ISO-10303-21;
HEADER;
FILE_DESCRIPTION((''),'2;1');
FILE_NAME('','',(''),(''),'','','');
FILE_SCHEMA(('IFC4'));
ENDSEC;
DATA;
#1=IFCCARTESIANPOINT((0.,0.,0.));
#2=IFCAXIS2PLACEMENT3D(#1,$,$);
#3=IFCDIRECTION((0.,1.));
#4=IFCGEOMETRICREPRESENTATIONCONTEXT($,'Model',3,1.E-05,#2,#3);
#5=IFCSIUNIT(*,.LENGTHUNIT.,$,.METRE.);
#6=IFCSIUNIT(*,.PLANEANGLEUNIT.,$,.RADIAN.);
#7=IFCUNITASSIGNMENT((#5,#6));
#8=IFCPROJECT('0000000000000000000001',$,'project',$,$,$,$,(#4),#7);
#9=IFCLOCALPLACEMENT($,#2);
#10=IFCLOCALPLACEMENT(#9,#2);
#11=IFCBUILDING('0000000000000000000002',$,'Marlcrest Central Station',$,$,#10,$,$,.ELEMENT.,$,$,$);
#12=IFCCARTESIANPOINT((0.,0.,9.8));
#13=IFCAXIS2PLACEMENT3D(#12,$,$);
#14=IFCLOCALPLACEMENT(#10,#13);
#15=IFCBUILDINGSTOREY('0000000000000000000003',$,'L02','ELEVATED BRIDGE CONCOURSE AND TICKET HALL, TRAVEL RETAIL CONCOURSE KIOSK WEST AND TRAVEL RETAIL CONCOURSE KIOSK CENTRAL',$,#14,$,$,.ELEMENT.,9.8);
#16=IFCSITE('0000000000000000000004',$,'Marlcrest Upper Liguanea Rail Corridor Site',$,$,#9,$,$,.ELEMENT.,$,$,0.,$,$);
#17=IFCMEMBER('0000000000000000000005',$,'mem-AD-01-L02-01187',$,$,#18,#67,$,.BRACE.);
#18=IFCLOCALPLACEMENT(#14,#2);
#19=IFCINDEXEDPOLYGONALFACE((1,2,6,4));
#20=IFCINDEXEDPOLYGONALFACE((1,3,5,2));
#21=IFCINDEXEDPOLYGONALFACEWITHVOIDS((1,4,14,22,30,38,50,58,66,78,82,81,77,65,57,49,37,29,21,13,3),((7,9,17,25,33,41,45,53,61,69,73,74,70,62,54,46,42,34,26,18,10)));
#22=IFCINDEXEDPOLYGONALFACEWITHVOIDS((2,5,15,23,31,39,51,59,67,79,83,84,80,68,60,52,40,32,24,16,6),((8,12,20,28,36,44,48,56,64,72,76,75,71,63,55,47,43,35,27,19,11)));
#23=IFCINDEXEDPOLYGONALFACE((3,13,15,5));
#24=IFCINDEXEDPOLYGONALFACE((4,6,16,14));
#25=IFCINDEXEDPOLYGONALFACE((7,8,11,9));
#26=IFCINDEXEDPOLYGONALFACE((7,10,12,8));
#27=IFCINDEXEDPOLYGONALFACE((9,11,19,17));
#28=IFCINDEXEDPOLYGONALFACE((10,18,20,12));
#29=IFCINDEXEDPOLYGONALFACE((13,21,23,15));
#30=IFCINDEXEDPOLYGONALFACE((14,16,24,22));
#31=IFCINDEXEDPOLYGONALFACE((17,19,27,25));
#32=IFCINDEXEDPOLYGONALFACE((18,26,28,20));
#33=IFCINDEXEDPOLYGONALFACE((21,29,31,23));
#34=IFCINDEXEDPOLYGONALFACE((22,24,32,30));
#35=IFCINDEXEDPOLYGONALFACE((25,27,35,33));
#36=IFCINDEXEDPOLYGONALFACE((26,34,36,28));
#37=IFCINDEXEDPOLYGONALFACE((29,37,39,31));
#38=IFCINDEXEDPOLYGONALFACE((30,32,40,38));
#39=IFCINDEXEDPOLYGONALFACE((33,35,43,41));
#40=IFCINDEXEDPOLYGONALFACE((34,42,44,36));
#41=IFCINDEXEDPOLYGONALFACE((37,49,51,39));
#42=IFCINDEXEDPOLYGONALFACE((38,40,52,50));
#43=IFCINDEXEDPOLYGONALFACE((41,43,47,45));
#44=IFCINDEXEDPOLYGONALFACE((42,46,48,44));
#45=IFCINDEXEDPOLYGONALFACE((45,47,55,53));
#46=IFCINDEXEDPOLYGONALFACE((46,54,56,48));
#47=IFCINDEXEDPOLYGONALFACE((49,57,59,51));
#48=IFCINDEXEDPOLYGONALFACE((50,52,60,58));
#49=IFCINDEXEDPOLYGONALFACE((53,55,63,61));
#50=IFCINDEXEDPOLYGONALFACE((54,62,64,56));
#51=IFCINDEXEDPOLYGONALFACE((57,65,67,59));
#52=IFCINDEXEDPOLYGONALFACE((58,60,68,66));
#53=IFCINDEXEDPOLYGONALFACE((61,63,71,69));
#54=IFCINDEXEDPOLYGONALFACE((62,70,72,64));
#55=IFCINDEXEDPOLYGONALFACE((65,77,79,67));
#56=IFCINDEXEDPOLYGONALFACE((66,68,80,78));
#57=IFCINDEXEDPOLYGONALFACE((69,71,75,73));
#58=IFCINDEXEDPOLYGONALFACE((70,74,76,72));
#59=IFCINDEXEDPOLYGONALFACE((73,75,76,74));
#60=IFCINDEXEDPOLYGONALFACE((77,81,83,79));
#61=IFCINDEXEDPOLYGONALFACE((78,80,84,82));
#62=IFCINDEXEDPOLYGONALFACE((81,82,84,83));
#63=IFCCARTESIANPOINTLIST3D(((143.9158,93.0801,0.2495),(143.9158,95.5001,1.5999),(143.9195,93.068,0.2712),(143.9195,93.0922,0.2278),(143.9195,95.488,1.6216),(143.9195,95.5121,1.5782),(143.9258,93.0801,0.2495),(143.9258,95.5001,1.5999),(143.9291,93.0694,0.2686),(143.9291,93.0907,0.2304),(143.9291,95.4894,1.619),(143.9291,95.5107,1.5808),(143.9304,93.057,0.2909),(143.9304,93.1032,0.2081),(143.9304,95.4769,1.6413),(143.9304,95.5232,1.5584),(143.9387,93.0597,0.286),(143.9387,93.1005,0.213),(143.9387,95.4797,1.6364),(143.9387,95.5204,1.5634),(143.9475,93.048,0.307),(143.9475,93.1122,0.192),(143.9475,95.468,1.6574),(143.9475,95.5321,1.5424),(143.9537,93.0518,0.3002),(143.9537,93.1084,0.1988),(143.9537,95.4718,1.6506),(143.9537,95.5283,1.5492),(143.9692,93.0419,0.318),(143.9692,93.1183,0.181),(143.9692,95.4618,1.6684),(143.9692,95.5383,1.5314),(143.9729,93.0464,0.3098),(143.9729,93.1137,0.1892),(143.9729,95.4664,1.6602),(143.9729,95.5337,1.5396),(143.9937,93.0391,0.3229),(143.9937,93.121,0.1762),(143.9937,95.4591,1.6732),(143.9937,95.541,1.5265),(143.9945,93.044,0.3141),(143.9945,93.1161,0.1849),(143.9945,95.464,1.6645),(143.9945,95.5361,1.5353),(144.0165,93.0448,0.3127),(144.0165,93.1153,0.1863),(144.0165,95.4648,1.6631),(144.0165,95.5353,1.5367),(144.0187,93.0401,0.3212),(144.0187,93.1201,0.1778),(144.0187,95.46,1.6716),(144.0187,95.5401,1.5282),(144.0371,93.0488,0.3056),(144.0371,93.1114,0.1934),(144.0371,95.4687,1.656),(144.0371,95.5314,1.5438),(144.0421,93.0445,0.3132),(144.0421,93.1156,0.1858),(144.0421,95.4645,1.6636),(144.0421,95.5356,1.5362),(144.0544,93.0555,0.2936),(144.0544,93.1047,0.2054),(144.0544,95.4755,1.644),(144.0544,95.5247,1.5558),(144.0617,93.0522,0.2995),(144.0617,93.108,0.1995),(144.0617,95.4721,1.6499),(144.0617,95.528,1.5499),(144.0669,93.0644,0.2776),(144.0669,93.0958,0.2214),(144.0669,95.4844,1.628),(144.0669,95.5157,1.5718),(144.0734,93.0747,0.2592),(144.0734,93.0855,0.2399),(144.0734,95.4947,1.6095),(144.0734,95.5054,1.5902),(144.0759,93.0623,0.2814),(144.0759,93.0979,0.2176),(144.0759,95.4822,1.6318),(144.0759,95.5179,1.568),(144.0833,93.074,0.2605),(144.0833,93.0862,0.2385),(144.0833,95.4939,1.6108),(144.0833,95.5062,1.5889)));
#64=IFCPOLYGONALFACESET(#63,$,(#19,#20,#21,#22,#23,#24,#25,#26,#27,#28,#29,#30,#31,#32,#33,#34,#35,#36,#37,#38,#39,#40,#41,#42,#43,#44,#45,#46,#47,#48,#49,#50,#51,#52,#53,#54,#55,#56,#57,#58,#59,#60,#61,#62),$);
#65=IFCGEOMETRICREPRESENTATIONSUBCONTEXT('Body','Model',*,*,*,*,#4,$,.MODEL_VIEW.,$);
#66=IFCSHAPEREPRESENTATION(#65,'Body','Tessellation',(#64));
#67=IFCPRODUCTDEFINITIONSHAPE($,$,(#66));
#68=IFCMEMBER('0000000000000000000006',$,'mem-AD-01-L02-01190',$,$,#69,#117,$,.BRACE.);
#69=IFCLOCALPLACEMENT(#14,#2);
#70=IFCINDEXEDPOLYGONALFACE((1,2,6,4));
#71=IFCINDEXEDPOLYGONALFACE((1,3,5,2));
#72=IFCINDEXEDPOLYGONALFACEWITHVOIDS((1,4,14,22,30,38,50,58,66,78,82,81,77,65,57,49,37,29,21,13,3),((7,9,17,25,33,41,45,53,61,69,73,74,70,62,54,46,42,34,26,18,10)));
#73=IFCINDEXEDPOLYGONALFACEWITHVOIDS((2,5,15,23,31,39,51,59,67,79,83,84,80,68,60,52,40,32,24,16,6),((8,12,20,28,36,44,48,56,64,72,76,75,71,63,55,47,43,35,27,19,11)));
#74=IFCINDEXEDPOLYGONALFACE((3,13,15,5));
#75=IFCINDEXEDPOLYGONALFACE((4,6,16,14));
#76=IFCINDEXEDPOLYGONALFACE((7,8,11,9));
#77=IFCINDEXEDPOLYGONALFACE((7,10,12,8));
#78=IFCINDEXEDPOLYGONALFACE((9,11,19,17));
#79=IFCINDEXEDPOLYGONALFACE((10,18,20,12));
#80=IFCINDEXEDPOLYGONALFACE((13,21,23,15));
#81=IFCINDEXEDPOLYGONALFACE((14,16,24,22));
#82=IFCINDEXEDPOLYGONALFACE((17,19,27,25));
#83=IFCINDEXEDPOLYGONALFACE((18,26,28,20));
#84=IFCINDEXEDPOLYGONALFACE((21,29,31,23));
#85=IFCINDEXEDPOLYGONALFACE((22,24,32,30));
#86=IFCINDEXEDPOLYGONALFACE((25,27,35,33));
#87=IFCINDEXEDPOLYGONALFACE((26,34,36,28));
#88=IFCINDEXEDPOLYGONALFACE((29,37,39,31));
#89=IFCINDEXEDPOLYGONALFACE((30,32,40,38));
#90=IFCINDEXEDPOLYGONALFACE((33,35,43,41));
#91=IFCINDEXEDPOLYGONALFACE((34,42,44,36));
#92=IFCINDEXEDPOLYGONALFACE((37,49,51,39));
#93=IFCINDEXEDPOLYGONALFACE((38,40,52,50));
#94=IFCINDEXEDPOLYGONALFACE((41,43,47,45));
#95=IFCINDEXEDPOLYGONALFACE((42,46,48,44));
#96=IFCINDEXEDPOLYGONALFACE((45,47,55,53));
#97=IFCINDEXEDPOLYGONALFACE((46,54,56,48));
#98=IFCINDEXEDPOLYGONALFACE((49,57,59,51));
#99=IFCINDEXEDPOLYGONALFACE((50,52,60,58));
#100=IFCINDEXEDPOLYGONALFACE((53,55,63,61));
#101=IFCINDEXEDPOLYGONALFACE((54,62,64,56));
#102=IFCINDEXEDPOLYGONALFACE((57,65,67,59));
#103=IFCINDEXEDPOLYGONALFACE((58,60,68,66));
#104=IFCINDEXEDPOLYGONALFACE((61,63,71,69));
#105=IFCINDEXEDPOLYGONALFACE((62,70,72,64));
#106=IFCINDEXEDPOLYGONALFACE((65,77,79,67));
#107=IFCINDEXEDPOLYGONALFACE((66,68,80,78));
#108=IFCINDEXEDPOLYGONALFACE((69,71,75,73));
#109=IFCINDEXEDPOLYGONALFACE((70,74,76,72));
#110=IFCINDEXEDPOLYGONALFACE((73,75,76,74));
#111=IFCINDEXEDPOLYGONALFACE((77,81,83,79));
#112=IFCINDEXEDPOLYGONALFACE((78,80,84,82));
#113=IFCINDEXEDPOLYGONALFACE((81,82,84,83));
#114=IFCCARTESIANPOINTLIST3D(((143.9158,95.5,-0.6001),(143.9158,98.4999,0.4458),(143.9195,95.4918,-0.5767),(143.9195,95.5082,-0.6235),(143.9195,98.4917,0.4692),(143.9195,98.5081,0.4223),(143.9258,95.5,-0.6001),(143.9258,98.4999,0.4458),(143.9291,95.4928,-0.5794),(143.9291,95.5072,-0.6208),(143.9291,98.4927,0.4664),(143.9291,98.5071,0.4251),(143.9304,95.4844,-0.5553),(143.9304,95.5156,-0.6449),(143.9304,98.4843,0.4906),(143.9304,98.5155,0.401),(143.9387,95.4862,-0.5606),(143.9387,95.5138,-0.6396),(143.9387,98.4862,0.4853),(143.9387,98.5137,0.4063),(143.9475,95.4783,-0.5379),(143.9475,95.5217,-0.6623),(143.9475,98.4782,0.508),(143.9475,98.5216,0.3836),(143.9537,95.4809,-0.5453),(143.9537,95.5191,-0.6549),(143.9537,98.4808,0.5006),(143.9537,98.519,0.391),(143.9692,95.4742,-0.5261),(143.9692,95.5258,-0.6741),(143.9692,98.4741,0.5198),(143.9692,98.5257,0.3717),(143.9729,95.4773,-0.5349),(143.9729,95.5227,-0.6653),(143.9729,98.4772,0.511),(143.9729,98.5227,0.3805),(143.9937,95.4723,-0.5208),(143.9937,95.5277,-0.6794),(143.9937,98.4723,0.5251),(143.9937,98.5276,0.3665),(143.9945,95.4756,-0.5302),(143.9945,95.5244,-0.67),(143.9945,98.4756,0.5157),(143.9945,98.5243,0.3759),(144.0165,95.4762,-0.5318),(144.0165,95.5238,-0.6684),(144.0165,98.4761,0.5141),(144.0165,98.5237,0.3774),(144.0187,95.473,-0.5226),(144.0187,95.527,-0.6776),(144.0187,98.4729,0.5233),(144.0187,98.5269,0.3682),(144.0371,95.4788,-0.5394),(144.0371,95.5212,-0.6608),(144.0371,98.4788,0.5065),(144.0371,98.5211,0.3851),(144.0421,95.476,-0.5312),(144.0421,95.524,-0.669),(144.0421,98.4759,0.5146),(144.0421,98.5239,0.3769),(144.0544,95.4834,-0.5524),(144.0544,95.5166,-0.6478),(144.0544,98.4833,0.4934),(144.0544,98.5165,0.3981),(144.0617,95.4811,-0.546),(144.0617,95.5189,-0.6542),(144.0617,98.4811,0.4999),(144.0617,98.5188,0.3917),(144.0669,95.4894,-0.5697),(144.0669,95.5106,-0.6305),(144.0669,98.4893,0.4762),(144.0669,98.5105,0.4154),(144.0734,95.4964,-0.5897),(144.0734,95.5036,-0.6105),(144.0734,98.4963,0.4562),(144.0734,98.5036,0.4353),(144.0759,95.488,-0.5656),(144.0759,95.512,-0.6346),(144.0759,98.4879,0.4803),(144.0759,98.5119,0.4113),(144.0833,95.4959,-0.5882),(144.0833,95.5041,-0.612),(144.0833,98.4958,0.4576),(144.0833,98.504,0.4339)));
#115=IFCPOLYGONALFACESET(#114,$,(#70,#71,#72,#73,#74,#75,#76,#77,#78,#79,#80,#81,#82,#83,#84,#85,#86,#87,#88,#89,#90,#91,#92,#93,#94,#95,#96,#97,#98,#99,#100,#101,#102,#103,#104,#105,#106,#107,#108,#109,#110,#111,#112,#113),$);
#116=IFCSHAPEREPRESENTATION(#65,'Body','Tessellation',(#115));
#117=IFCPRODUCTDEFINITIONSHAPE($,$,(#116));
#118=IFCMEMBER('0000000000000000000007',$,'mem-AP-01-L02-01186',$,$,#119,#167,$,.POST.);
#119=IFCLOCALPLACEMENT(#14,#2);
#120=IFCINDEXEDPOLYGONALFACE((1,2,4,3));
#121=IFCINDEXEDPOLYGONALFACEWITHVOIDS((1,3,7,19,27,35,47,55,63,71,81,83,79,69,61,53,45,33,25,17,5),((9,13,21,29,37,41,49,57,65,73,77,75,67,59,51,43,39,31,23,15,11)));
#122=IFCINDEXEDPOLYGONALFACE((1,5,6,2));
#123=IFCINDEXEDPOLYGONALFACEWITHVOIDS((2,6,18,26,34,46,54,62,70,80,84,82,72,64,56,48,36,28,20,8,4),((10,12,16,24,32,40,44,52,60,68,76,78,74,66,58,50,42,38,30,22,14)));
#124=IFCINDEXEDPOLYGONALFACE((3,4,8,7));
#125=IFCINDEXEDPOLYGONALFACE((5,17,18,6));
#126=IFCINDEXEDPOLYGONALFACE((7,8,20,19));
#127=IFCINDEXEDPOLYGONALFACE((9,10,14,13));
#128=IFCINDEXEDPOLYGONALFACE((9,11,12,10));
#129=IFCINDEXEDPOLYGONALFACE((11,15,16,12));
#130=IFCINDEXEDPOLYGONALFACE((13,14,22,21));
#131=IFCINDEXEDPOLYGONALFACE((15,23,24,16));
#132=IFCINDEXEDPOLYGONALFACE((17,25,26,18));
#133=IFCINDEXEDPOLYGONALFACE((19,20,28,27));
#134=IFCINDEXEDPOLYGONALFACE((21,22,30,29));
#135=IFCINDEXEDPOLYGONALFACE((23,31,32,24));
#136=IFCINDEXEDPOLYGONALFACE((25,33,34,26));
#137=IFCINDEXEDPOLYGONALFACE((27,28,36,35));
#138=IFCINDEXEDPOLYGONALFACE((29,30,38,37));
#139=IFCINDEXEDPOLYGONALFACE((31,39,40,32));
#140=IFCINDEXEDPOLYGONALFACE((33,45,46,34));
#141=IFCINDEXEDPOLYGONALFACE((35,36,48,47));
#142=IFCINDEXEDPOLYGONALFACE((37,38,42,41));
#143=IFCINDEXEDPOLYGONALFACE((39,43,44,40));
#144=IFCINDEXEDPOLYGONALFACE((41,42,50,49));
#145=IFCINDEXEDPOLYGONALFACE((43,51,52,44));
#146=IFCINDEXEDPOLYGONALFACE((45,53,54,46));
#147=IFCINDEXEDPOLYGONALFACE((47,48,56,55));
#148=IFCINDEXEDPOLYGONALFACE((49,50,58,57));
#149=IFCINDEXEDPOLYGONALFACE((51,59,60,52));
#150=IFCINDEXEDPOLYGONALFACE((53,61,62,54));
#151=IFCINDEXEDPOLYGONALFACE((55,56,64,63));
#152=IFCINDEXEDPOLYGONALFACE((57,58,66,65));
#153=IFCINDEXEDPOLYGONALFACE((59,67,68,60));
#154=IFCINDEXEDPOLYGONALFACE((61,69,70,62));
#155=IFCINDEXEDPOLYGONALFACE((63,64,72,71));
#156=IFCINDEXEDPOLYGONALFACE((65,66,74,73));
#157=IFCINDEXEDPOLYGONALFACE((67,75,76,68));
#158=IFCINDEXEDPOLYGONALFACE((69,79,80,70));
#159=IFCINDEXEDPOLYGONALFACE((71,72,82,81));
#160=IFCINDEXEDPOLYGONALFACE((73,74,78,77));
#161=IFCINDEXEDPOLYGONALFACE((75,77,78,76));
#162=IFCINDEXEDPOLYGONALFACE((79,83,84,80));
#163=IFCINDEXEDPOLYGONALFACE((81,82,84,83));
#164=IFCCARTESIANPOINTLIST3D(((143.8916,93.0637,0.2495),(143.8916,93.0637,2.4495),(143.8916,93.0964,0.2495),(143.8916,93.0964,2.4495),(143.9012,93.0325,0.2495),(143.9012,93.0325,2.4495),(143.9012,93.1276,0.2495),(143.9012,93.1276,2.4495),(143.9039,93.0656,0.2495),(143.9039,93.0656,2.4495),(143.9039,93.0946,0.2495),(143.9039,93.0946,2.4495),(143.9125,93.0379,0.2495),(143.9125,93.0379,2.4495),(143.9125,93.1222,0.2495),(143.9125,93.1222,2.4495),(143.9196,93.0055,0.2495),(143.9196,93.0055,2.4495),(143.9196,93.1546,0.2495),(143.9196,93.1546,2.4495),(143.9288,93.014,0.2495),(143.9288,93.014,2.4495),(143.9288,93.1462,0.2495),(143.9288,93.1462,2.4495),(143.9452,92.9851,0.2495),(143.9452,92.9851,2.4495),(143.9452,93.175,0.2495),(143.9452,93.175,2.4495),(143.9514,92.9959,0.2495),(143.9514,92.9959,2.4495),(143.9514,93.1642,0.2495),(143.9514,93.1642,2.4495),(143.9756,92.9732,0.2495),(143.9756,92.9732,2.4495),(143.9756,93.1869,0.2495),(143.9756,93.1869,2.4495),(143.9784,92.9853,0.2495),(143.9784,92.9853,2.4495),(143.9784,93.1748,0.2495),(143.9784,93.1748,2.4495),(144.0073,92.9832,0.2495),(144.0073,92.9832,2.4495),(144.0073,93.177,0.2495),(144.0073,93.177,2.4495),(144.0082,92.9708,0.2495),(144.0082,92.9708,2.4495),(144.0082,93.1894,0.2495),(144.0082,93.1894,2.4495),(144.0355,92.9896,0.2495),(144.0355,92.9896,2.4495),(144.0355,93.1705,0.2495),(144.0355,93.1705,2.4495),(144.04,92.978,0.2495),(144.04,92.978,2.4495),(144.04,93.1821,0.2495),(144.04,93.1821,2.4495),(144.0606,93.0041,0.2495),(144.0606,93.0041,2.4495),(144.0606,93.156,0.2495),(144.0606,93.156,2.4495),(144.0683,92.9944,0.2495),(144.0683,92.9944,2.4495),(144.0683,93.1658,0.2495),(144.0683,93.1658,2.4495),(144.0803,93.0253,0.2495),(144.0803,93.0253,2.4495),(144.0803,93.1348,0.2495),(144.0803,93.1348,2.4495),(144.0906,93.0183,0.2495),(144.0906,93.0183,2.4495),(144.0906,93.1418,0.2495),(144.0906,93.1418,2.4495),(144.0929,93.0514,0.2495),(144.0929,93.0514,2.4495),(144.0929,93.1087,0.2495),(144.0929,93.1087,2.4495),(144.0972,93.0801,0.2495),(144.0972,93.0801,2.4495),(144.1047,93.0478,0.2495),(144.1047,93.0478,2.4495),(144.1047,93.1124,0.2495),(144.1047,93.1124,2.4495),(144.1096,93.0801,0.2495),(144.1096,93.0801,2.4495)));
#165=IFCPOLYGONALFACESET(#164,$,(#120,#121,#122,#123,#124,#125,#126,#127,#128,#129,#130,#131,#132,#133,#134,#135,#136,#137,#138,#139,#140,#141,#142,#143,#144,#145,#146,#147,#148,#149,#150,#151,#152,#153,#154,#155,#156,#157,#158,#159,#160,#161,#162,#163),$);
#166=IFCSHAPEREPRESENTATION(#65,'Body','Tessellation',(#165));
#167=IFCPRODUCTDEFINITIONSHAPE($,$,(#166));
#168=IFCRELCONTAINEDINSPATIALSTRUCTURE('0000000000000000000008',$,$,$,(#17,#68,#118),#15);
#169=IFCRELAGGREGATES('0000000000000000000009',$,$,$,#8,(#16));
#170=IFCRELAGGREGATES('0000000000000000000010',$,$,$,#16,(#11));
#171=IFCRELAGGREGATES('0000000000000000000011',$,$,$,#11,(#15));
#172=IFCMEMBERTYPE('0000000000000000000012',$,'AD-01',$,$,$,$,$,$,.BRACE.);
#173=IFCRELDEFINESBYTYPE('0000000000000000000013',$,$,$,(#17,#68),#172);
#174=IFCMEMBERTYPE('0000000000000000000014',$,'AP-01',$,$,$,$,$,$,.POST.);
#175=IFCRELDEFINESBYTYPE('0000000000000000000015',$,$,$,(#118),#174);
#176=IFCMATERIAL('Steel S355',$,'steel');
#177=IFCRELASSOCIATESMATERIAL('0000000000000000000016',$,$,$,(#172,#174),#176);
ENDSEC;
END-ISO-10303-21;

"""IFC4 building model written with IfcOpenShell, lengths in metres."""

from ifc_helpers import new_model, si_unit, direction, frame, origin, origin_2d, place, context, subcontext, project, spatial, hollow_circle, extrude, material, material_profile, profile_set, type_object, element, save


model = new_model("IFC4")

# Units and contexts
model_context = context("Model", 3, precision=1e-05, world=origin(), true_north=direction((0.0, 1.0)))
body_context = subcontext(model_context, "Body", "Model", "MODEL_VIEW")
ifc_project = project(units=[si_unit("LENGTHUNIT", "METRE"), si_unit("PLANEANGLEUNIT", "RADIAN")], contexts=[model_context])

# Site, building, storey
site_placement = place(None, origin())
site = spatial("IfcSite", under=ifc_project, at=site_placement, Name="Marlcrest Upper Liguanea Rail Corridor Site", CompositionType="ELEMENT", RefElevation=0.0)
building_placement = place(site_placement, origin())
building = spatial("IfcBuilding", under=site, at=building_placement, Name="Marlcrest Central Station", CompositionType="ELEMENT")
storey_placement = place(building_placement, frame((0.0, 0.0, 9.8)))
storey = spatial("IfcBuildingStorey", under=building, at=storey_placement, Name="L02", Description="ELEVATED BRIDGE CONCOURSE AND TICKET HALL, TRAVEL RETAIL CONCOURSE KIOSK WEST AND TRAVEL RETAIL CONCOURSE KIOSK CENTRAL", CompositionType="ELEMENT", Elevation=9.8)

# Members
ifc_material_1 = material(Name="Steel S355", Category="steel")
ifc_material_profile_1 = material_profile(ifc_material_1, hollow_circle(Radius=0.0842, WallThickness=0.01, at=origin_2d()), Name="CHS 168.3x10")
ifc_profile_set_1 = profile_set([ifc_material_profile_1], Name="Steel S355")
member_type_1 = type_object("IfcMemberType", Name="AD-01", PredefinedType="BRACE", material=ifc_profile_set_1)
member_1_placement = place(storey_placement, frame((144.0, 93.0801, 0.2495), z_axis=(0.0, 0.873246, 0.48728), x_axis=(-1.0, 0.0, 0.0)))
element("IfcMember", 1, at=member_1_placement, inside=storey, type_object=member_type_1, Name="mem-AD-01-L02-01187", PredefinedType="BRACE", context=body_context, shape_type="SweptSolid", body=[
    extrude(hollow_circle(Radius=0.0842, WallThickness=0.01, at=origin_2d()), origin(), (0.0, 0.0, 1.0), 2.7712),
])
member_2_placement = place(storey_placement, frame((144.0, 95.5, -0.6001), z_axis=(0.0, 0.94426, 0.3292), x_axis=(-1.0, 0.0, 0.0)))
element("IfcMember", 2, at=member_2_placement, inside=storey, type_object=member_type_1, Name="mem-AD-01-L02-01190", PredefinedType="BRACE", context=body_context, shape_type="SweptSolid", body=[
    extrude(hollow_circle(Radius=0.0842, WallThickness=0.01, at=origin_2d()), origin(), (0.0, 0.0, 1.0), 3.177),
])
ifc_material_profile_2 = material_profile(ifc_material_1, hollow_circle(Radius=0.1096, WallThickness=0.0125, at=origin_2d()), Name="CHS 219.1x12.5")
ifc_profile_set_2 = profile_set([ifc_material_profile_2], Name="Steel S355")
member_type_2 = type_object("IfcMemberType", Name="AP-01", PredefinedType="POST", material=ifc_profile_set_2)
for number, where, z_axis, x_axis, name in (
    (3, (144.0, 93.0801, 0.2495), (0.0, 0.0, 1.0), (1.0, 0.0, 0.0), "mem-AP-01-L02-01186"),
):
    element("IfcMember", number, at=place(storey_placement, frame(where, z_axis=z_axis, x_axis=x_axis)), inside=storey, type_object=member_type_2, Name=name, PredefinedType="POST", context=body_context, shape_type="SweptSolid", body=[
        extrude(hollow_circle(Radius=0.1096, WallThickness=0.0125, at=origin_2d()), origin(), (0.0, 0.0, 1.0), 2.2),
    ])

save(model, "model.ifc")
